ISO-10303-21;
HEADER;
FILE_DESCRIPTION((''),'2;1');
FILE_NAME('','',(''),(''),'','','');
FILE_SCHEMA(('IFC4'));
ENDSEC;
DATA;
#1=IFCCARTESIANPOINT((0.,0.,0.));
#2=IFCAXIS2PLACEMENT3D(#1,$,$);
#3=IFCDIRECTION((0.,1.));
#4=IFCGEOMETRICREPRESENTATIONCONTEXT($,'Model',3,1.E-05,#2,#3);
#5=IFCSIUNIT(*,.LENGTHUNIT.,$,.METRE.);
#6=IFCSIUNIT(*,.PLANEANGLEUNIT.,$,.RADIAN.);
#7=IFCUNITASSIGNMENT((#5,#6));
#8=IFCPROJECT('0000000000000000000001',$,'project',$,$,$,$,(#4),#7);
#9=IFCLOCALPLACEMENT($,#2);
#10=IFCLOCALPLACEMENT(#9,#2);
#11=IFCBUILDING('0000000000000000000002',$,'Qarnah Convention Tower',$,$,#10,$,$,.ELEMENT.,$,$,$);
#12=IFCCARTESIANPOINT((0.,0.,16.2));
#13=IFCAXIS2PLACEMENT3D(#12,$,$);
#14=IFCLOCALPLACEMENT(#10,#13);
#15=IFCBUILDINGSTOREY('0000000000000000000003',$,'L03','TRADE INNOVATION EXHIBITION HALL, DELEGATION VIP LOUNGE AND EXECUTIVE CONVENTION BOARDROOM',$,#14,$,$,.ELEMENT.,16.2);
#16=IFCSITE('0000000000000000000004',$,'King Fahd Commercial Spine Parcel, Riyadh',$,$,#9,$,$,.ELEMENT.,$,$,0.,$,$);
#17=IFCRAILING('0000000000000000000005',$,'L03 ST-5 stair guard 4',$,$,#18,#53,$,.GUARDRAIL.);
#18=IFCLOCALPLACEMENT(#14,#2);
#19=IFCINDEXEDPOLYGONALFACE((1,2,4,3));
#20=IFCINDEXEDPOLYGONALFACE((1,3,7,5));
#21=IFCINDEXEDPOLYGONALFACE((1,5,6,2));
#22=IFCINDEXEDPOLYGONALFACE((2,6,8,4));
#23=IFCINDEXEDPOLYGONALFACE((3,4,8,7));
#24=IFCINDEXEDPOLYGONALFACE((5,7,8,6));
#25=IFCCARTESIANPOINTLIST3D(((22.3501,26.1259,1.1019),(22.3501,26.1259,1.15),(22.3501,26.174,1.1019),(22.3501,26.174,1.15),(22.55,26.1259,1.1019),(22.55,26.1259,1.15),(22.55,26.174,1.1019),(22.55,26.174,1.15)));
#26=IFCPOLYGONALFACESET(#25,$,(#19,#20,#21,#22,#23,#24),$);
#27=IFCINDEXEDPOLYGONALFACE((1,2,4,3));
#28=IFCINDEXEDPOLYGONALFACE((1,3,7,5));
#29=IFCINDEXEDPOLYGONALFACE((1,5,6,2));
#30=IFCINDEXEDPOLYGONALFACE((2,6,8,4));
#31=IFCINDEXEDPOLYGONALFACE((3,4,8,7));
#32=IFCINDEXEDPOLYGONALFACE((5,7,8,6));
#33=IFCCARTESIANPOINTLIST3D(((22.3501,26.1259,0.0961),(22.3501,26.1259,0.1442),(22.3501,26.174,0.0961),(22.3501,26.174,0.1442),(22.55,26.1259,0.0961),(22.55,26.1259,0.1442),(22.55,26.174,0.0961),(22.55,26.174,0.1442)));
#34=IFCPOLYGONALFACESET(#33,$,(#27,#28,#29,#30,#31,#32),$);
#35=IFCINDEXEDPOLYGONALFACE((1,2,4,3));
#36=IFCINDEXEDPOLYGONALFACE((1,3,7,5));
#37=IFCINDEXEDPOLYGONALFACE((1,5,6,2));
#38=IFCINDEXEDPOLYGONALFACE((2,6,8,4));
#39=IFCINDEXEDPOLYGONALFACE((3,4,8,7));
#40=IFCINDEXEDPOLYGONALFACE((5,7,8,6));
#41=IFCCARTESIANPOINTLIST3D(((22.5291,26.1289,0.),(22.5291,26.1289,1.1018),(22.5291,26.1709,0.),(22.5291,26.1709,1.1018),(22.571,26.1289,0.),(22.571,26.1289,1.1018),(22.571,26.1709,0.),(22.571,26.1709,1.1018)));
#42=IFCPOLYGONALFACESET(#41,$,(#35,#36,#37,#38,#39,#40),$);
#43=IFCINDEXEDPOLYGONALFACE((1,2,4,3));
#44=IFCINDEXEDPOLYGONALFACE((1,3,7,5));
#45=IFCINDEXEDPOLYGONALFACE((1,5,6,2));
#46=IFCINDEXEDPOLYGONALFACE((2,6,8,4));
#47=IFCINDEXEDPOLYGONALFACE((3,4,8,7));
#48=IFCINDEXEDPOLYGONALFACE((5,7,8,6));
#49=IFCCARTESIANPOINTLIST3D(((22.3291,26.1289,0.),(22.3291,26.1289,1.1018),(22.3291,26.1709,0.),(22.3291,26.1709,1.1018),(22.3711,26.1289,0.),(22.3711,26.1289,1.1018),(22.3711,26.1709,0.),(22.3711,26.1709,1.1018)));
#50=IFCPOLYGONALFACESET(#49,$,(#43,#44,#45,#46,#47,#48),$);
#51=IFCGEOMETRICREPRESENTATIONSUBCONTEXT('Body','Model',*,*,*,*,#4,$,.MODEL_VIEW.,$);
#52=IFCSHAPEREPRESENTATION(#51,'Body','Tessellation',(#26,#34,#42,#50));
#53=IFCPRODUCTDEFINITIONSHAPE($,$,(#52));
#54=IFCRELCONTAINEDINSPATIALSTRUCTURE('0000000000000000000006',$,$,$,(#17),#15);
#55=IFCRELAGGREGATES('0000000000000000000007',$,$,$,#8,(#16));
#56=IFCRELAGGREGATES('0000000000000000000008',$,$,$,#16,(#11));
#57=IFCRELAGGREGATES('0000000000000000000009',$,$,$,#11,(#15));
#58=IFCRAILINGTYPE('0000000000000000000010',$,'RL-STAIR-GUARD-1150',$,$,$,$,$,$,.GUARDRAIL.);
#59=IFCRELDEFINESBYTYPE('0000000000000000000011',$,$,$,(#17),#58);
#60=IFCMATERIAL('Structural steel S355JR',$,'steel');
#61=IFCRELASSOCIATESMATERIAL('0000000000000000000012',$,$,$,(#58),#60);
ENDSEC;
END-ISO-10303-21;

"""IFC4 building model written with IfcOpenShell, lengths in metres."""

from ifc_helpers import new_model, si_unit, direction, frame, origin, origin_2d, place, context, subcontext, project, spatial, rectangle, extrude, material, type_object, element, save


model = new_model("IFC4")

# Units and contexts
model_context = context("Model", 3, precision=1e-05, world=origin(), true_north=direction((0.0, 1.0)))
body_context = subcontext(model_context, "Body", "Model", "MODEL_VIEW")
ifc_project = project(units=[si_unit("LENGTHUNIT", "METRE"), si_unit("PLANEANGLEUNIT", "RADIAN")], contexts=[model_context])

# Site, building, storey
site_placement = place(None, origin())
site = spatial("IfcSite", under=ifc_project, at=site_placement, Name="King Fahd Commercial Spine Parcel, Riyadh", CompositionType="ELEMENT", RefElevation=0.0)
building_placement = place(site_placement, origin())
building = spatial("IfcBuilding", under=site, at=building_placement, Name="Qarnah Convention Tower", CompositionType="ELEMENT")
storey_placement = place(building_placement, frame((0.0, 0.0, 16.2)))
storey = spatial("IfcBuildingStorey", under=building, at=storey_placement, Name="L03", Description="TRADE INNOVATION EXHIBITION HALL, DELEGATION VIP LOUNGE AND EXECUTIVE CONVENTION BOARDROOM", CompositionType="ELEMENT", Elevation=16.2)

# Shared definitions
ifc_material_1 = material(Name="Structural steel S355JR", Category="steel")

# Railing
railing_type_1 = type_object("IfcRailingType", Name="RL-STAIR-GUARD-1150", PredefinedType="GUARDRAIL", material=ifc_material_1)
railing_1_placement = place(storey_placement, frame((22.55, 26.1499, 0.0)))
element("IfcRailing", 1, at=railing_1_placement, inside=storey, type_object=railing_type_1, Name="L03 ST-5 stair guard 4", PredefinedType="GUARDRAIL", context=body_context, shape_type="SweptSolid", body=[
    extrude(rectangle(XDim=0.0481, YDim=0.0481, at=origin_2d()), frame((0.0, 0.0, 1.126), z_axis=(-1.0, 0.0, 0.0), x_axis=(0.0, -1.0, 0.0)), (0.0, 0.0, 1.0), 0.2),
    extrude(rectangle(XDim=0.0481, YDim=0.0481, at=origin_2d()), frame((0.0, 0.0, 0.1201), z_axis=(-1.0, 0.0, 0.0), x_axis=(0.0, -1.0, 0.0)), (0.0, 0.0, 1.0), 0.2),
    extrude(rectangle(XDim=0.042, YDim=0.042, at=origin_2d()), origin(), (0.0, 0.0, 1.0), 1.1018),
    extrude(rectangle(XDim=0.042, YDim=0.042, at=origin_2d()), frame((-0.2, 0.0, 0.0)), (0.0, 0.0, 1.0), 1.1018),
])

save(model, "model.ifc")
